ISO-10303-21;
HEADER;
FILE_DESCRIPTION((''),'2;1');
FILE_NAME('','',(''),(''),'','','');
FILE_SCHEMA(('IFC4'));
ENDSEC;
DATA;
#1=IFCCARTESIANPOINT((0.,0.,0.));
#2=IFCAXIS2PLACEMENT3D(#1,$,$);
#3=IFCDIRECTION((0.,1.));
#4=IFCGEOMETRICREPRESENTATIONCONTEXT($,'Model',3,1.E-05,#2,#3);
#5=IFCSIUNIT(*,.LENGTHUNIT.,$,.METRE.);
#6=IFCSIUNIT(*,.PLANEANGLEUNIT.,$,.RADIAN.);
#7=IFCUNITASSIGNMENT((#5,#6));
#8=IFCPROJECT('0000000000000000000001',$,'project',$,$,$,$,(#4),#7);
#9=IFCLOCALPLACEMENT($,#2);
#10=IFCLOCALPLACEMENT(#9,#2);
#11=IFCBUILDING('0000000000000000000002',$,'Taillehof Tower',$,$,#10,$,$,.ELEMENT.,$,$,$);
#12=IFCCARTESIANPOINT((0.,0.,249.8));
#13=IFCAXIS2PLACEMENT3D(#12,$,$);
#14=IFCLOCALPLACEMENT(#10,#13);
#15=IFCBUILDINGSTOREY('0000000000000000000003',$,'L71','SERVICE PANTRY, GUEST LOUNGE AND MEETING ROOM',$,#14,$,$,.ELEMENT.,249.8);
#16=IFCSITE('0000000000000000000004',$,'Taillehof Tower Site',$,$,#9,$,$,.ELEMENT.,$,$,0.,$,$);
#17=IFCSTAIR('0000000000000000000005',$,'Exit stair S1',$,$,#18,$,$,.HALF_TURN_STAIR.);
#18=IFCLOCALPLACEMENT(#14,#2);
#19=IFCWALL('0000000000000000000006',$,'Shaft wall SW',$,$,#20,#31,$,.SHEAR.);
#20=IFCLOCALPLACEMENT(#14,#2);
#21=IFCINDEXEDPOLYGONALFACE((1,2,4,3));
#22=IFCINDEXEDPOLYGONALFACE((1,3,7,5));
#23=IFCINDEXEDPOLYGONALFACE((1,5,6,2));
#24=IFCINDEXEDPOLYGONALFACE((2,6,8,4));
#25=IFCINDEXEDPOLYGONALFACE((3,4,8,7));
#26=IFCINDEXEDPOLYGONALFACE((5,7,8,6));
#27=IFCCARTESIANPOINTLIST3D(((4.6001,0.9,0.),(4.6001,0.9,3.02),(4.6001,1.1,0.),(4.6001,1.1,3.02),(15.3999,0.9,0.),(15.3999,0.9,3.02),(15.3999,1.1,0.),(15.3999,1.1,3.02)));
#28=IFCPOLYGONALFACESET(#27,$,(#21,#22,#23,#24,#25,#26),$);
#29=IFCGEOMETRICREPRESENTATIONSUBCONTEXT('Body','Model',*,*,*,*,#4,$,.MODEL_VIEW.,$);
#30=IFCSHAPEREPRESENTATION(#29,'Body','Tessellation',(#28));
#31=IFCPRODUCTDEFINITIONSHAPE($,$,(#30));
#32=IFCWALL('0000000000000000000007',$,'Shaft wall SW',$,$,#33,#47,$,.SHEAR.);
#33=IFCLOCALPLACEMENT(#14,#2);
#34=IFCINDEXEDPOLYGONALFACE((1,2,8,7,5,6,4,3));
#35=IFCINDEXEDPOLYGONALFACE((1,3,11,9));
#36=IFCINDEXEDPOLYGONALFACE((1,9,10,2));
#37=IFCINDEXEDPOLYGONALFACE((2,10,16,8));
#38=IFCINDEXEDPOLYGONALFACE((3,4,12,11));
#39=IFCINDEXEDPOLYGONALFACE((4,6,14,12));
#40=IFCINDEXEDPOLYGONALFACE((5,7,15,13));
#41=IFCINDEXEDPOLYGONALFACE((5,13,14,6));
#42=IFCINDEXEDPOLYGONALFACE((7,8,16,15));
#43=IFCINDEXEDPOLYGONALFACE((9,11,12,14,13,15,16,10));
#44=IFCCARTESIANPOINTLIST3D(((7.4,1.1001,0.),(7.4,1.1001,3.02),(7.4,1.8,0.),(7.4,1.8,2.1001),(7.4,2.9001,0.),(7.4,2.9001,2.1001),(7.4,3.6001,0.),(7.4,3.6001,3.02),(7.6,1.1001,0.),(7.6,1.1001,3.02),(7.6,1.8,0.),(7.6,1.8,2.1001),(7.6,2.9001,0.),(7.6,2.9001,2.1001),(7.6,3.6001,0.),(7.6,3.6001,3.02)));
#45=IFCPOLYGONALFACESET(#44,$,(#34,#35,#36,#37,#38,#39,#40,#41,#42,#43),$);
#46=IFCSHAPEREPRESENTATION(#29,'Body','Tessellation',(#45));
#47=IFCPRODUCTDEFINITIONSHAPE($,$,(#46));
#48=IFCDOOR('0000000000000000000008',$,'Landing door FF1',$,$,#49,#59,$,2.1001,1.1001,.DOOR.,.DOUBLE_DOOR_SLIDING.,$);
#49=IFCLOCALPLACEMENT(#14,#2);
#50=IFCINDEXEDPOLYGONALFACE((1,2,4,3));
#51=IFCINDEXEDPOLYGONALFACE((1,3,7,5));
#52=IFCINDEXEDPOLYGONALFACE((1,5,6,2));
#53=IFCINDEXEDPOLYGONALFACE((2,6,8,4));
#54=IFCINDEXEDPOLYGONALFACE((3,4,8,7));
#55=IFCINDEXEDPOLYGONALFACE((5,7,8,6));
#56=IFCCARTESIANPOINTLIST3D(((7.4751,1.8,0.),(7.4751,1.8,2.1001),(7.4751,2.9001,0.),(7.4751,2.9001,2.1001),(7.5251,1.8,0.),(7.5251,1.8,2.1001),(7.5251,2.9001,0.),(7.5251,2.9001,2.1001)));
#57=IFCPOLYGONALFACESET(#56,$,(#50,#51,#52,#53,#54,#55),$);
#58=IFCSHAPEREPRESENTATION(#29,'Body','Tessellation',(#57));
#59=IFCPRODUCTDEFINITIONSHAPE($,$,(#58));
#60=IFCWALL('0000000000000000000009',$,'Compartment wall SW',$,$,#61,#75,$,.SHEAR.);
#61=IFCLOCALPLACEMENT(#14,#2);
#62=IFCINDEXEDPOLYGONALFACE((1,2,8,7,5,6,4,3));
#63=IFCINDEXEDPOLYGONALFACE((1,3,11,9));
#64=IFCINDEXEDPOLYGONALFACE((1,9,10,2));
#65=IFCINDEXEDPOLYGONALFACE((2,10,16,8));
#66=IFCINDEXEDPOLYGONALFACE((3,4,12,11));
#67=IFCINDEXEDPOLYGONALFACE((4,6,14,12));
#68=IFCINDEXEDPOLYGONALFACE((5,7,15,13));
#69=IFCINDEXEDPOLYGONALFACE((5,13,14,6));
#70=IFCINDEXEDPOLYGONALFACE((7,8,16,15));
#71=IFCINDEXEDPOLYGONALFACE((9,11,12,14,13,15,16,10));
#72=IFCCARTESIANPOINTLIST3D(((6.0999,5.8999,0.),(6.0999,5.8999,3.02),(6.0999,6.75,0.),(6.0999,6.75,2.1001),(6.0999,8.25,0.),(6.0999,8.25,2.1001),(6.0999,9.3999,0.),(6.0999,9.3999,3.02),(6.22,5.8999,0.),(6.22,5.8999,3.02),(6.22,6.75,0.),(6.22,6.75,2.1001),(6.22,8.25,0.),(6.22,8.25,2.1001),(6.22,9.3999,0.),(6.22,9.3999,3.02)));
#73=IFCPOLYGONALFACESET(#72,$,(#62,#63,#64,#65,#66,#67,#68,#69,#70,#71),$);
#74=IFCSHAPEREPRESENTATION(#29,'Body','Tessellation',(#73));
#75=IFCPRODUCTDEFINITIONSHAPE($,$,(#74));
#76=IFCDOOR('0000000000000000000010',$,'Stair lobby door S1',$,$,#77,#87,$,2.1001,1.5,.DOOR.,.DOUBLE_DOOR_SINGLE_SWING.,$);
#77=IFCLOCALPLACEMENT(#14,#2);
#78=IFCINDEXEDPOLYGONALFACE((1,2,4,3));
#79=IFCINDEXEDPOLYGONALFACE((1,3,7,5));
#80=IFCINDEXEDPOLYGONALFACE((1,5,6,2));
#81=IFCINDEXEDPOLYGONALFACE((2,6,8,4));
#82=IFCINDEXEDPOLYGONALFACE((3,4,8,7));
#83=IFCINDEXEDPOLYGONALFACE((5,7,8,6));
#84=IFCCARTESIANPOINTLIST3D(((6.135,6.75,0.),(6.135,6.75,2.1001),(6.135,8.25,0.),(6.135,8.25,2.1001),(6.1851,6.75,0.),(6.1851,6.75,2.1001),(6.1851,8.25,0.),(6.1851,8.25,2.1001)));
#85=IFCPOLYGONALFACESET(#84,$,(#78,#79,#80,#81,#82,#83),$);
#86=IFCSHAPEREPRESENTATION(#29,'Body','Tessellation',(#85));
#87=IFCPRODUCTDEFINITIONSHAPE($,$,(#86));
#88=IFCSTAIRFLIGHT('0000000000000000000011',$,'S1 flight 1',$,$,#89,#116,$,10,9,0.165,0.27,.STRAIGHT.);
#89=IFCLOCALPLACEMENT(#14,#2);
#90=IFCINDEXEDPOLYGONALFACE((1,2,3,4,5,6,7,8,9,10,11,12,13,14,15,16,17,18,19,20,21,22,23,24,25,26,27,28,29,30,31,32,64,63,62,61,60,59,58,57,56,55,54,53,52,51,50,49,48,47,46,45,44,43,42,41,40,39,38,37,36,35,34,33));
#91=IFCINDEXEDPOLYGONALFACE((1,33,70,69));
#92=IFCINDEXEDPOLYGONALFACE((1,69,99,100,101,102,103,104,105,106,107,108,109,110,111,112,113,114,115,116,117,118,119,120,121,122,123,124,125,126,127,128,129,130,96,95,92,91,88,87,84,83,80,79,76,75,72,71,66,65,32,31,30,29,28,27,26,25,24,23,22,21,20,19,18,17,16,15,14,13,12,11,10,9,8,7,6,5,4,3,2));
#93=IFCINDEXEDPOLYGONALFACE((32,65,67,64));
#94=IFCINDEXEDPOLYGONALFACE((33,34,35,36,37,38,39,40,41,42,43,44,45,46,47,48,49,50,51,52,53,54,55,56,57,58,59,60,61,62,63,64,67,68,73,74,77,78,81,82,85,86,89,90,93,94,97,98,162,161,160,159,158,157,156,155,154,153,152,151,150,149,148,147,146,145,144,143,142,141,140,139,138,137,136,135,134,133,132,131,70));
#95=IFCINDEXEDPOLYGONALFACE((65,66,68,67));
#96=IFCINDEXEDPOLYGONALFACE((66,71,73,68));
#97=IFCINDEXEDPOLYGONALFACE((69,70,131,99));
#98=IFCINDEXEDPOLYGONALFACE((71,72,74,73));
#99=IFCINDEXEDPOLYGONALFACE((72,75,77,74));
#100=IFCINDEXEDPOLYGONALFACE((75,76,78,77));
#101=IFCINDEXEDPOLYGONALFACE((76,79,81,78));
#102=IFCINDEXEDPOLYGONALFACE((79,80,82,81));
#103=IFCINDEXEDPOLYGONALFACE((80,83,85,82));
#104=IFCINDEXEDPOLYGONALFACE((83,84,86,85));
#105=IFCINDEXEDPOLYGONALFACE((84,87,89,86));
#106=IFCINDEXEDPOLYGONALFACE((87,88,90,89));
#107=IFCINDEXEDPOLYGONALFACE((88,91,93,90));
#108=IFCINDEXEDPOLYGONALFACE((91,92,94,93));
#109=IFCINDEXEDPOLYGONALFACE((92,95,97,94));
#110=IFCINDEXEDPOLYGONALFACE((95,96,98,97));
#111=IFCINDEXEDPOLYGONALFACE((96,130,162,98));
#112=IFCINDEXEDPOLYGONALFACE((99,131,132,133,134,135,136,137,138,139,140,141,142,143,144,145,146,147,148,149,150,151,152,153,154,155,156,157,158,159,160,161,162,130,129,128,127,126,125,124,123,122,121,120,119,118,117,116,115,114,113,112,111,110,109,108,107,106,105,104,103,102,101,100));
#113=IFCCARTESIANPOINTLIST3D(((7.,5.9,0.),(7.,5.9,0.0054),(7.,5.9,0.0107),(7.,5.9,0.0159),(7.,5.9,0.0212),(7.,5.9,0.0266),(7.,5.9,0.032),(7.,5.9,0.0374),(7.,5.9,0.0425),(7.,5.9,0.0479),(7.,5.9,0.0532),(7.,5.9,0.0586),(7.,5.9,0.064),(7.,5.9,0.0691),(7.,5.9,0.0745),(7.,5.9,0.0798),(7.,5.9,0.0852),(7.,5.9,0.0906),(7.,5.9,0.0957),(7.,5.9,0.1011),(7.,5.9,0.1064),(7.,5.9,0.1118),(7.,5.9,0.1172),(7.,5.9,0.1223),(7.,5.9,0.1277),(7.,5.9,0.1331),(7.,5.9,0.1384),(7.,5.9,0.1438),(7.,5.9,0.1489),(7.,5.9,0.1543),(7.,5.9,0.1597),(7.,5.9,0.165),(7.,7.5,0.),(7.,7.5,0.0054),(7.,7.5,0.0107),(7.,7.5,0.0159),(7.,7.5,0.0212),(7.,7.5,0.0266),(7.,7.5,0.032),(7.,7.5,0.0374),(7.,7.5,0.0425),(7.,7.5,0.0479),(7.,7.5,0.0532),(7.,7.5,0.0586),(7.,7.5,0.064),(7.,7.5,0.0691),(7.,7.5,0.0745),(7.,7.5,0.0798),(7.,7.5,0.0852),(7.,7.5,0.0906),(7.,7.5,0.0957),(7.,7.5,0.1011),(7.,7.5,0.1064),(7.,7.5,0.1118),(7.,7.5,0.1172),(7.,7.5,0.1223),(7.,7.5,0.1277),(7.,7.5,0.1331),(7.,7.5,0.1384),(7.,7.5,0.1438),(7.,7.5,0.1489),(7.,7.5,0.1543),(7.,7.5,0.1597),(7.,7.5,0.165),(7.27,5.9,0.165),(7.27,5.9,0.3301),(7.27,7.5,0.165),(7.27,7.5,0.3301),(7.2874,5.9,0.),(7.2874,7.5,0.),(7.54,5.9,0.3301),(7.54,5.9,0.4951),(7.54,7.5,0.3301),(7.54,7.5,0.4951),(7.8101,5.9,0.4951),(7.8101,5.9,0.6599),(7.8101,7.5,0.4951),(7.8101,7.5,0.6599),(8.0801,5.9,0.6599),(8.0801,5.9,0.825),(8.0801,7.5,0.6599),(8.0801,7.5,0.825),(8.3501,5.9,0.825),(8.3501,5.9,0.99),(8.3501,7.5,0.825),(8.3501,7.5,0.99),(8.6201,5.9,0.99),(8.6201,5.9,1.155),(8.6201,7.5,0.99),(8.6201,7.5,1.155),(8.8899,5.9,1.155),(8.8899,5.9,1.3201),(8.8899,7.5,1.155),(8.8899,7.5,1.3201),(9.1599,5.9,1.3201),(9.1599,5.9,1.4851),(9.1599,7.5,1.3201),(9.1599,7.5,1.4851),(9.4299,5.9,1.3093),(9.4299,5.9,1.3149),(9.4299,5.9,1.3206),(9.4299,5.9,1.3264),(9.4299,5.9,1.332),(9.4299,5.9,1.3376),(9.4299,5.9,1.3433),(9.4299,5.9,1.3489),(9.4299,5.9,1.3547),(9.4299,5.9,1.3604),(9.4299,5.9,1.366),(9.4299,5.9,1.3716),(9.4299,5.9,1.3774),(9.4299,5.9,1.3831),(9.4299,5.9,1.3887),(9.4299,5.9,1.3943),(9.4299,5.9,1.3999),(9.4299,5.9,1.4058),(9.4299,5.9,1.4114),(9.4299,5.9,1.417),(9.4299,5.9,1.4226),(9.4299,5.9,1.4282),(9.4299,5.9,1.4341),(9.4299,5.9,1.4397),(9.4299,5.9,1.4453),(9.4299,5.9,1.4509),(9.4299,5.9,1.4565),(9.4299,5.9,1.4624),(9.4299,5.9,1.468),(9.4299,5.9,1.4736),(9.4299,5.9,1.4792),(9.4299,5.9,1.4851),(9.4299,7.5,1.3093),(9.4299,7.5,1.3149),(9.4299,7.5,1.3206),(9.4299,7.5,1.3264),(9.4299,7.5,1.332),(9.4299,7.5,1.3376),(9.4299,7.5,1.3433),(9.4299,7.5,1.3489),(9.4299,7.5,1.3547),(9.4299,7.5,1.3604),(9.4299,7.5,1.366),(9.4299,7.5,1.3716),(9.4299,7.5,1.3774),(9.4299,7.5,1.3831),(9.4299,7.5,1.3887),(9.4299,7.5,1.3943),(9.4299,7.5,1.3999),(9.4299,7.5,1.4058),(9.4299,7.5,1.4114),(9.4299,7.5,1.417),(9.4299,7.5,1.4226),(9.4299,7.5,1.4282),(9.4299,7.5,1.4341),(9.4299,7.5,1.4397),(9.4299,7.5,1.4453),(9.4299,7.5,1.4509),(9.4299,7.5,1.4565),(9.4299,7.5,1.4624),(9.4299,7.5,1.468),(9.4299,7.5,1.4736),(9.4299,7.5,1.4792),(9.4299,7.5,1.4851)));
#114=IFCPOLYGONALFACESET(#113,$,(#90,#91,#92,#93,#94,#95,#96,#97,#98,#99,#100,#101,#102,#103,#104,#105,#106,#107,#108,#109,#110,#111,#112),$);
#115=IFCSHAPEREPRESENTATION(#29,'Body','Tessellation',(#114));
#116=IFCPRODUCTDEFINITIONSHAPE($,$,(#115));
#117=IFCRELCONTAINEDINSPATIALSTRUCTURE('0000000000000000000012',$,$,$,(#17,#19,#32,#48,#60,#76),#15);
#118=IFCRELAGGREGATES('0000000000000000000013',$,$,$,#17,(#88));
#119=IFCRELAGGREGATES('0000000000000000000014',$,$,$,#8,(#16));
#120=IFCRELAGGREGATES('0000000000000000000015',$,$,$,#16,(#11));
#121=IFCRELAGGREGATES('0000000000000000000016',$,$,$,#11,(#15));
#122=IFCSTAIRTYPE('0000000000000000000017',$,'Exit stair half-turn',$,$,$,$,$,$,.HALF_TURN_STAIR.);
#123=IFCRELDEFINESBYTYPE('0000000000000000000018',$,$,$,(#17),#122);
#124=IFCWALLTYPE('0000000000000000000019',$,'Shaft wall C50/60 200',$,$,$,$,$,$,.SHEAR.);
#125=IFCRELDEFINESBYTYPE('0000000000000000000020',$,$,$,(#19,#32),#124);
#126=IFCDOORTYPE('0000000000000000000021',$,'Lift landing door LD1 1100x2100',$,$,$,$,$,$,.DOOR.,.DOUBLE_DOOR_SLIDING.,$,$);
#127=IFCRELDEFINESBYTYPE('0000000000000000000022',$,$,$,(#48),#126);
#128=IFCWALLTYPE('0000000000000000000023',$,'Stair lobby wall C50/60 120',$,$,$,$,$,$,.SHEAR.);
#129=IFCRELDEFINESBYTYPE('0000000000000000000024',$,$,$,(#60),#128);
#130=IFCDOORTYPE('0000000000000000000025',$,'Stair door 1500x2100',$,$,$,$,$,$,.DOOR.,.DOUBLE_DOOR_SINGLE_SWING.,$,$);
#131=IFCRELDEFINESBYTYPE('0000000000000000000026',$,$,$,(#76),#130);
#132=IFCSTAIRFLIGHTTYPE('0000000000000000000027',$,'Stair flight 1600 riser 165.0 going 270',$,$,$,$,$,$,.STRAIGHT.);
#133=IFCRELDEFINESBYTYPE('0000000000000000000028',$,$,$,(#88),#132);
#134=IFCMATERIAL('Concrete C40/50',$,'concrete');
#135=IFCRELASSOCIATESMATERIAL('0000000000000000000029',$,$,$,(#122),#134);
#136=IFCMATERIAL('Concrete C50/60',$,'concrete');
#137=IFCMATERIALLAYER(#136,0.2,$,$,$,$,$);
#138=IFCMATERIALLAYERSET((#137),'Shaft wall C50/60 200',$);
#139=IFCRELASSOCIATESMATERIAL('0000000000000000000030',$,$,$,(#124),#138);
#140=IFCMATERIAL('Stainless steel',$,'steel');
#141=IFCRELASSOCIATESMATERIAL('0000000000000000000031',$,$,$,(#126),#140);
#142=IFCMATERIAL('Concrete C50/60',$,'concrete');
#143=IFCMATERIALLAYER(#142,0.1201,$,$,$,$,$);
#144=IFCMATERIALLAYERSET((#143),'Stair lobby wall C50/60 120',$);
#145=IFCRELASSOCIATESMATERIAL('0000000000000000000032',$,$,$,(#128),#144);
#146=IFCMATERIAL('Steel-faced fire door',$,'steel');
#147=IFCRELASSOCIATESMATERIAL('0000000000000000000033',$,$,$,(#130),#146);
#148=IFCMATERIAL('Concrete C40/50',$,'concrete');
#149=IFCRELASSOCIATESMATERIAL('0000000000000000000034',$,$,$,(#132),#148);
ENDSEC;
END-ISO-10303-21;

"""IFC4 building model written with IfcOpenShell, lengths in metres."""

from ifc_helpers import new_model, si_unit, direction, frame, frame_2d, origin, place, context, subcontext, project, spatial, polyline, rectangle, outline, extrude, material, layer, layer_set, type_object, element, fill, aggregate, save


model = new_model("IFC4")

# Units and contexts
model_context = context("Model", 3, precision=1e-05, world=origin(), true_north=direction((0.0, 1.0)))
body_context = subcontext(model_context, "Body", "Model", "MODEL_VIEW")
ifc_project = project(units=[si_unit("LENGTHUNIT", "METRE"), si_unit("PLANEANGLEUNIT", "RADIAN")], contexts=[model_context])

# Site, building, storey
site_placement = place(None, origin())
site = spatial("IfcSite", under=ifc_project, at=site_placement, Name="Taillehof Tower Site", CompositionType="ELEMENT", RefElevation=0.0)
building_placement = place(site_placement, origin())
building = spatial("IfcBuilding", under=site, at=building_placement, Name="Taillehof Tower", CompositionType="ELEMENT")
storey_placement = place(building_placement, frame((0.0, 0.0, 249.8)))
storey = spatial("IfcBuildingStorey", under=building, at=storey_placement, Name="L71", Description="SERVICE PANTRY, GUEST LOUNGE AND MEETING ROOM", CompositionType="ELEMENT", Elevation=249.8)

# Stair
ifc_material_1 = material(Name="Concrete C40/50", Category="concrete")
stair_type = type_object("IfcStairType", Name="Exit stair half-turn", PredefinedType="HALF_TURN_STAIR", material=ifc_material_1)
stair_1_placement = place(storey_placement, origin())
stair_1 = element("IfcStair", 1, at=stair_1_placement, inside=storey, type_object=stair_type, Name="Exit stair S1", PredefinedType="HALF_TURN_STAIR")

# Shared definitions
ifc_material_2 = material(Name="Concrete C50/60", Category="concrete")
ifc_layer_1 = layer(ifc_material_2, 0.2)
ifc_layer_set_1 = layer_set([ifc_layer_1], Name="Shaft wall C50/60 200")
wall_type_1 = type_object("IfcWallType", Name="Shaft wall C50/60 200", PredefinedType="SHEAR", material=ifc_layer_set_1)
ifc_material_3 = material(Name="Stainless steel", Category="steel")
door_type_1 = type_object("IfcDoorType", Name="Lift landing door LD1 1100x2100", OperationType="DOUBLE_DOOR_SLIDING", PredefinedType="DOOR", material=ifc_material_3)

# Wall
wall_1_placement = place(storey_placement, frame((4.6001, 1.0, 0.0), z_axis=(0.0, 0.0, 1.0), x_axis=(1.0, 0.0, 0.0)))
element("IfcWall", 2, at=wall_1_placement, inside=storey, type_object=wall_type_1, Name="Shaft wall SW", PredefinedType="SHEAR", context=body_context, shape_type="SweptSolid", body=[
    extrude(rectangle(XDim=10.7998, YDim=0.2, at=frame_2d((5.3999, 0.0))), origin(), (0.0, 0.0, 1.0), 3.02),
])

# Walls, openings, doors
wall_2_placement = place(storey_placement, frame((7.5, 1.1001, 0.0), z_axis=(0.0, 0.0, 1.0), x_axis=(0.0, 1.0, 0.0)))
wall_2 = element("IfcWall", 3, at=wall_2_placement, inside=storey, type_object=wall_type_1, Name="Shaft wall SW", PredefinedType="SHEAR", context=body_context, shape_type="SweptSolid", body=[
    extrude(rectangle(XDim=2.5, YDim=0.2, at=frame_2d((1.25, 0.0))), origin(), (0.0, 0.0, 1.0), 3.02),
])
opening_1_placement = place(wall_2_placement, frame((0.7, 0.0, 0.0)))
opening_1 = element("IfcOpeningElement", 4, at=opening_1_placement, cuts=wall_2, PredefinedType="OPENING", context=body_context, shape_type="SweptSolid", body=[
    extrude(rectangle(XDim=1.1001, YDim=2.1001, at=frame_2d((0.55, 1.05))), frame((0.0, 0.1099, 0.0), z_axis=(0.0, -1.0, 0.0), x_axis=(1.0, 0.0, 0.0)), (0.0, 0.0, 1.0), 0.22),
])
door_1_placement = place(opening_1_placement, origin())
door_1 = element("IfcDoor", 5, at=door_1_placement, inside=storey, type_object=door_type_1, Name="Landing door FF1", OperationType="DOUBLE_DOOR_SLIDING", OverallHeight=2.1001, OverallWidth=1.1001, PredefinedType="DOOR", context=body_context, shape_type="SweptSolid", body=[
    extrude(rectangle(XDim=1.1001, YDim=2.1001, at=frame_2d((0.55, 1.05))), frame((0.0, 0.0249, 0.0), z_axis=(0.0, -1.0, 0.0), x_axis=(1.0, 0.0, 0.0)), (0.0, 0.0, 1.0), 0.05),
])
fill(opening_1, door_1)
ifc_material_4 = material(Name="Concrete C50/60", Category="concrete")
ifc_layer_2 = layer(ifc_material_4, 0.1201)
ifc_layer_set_2 = layer_set([ifc_layer_2], Name="Stair lobby wall C50/60 120")
wall_type_2 = type_object("IfcWallType", Name="Stair lobby wall C50/60 120", PredefinedType="SHEAR", material=ifc_layer_set_2)
wall_3_placement = place(storey_placement, frame((6.1599, 5.8999, 0.0), z_axis=(0.0, 0.0, 1.0), x_axis=(0.0, 1.0, 0.0)))
wall_3 = element("IfcWall", 6, at=wall_3_placement, inside=storey, type_object=wall_type_2, Name="Compartment wall SW", PredefinedType="SHEAR", context=body_context, shape_type="SweptSolid", body=[
    extrude(rectangle(XDim=3.5, YDim=0.1201, at=frame_2d((1.75, 0.0))), origin(), (0.0, 0.0, 1.0), 3.02),
])
opening_2_placement = place(wall_3_placement, frame((0.8501, 0.0, 0.0)))
opening_2 = element("IfcOpeningElement", 7, at=opening_2_placement, cuts=wall_3, PredefinedType="OPENING", context=body_context, shape_type="SweptSolid", body=[
    extrude(rectangle(XDim=1.5, YDim=2.1001, at=frame_2d((0.75, 1.05))), frame((0.0, 0.0701, 0.0), z_axis=(0.0, -1.0, 0.0), x_axis=(1.0, 0.0, 0.0)), (0.0, 0.0, 1.0), 0.1401),
])
ifc_material_5 = material(Name="Steel-faced fire door", Category="steel")
door_type_2 = type_object("IfcDoorType", Name="Stair door 1500x2100", OperationType="DOUBLE_DOOR_SINGLE_SWING", PredefinedType="DOOR", material=ifc_material_5)
door_2_placement = place(opening_2_placement, origin())
door_2 = element("IfcDoor", 8, at=door_2_placement, inside=storey, type_object=door_type_2, Name="Stair lobby door S1", OperationType="DOUBLE_DOOR_SINGLE_SWING", OverallHeight=2.1001, OverallWidth=1.5, PredefinedType="DOOR", context=body_context, shape_type="SweptSolid", body=[
    extrude(rectangle(XDim=1.5, YDim=2.1001, at=frame_2d((0.75, 1.05))), frame((0.0, 0.0249, 0.0), z_axis=(0.0, -1.0, 0.0), x_axis=(1.0, 0.0, 0.0)), (0.0, 0.0, 1.0), 0.05),
])
fill(opening_2, door_2)

# Stair flight
ifc_material_6 = material(Name="Concrete C40/50", Category="concrete")
stair_flight_type = type_object("IfcStairFlightType", Name="Stair flight 1600 riser 165.0 going 270", PredefinedType="STRAIGHT", material=ifc_material_6)
stair_flight_placement = place(storey_placement, frame((7.0, 6.7, 0.0), z_axis=(0.0, 0.0, 1.0), x_axis=(1.0, 0.0, 0.0)))
stair_flight = element("IfcStairFlight", 9, at=stair_flight_placement, type_object=stair_flight_type, Name="S1 flight 1", NumberOfRisers=10, NumberOfTreads=9, PredefinedType="STRAIGHT", RiserHeight=0.165, TreadLength=0.27, context=body_context, shape_type="SweptSolid", body=[
    extrude(outline(polyline([(0.0, 0.0), (0.0, 0.0054), (0.0, 0.0107), (0.0, 0.0159), (0.0, 0.0212), (0.0, 0.0266), (0.0, 0.032), (0.0, 0.0374), (0.0, 0.0425), (0.0, 0.0479), (0.0, 0.0532), (0.0, 0.0586), (0.0, 0.064), (0.0, 0.0691), (0.0, 0.0745), (0.0, 0.0798), (0.0, 0.0852), (0.0, 0.0906), (0.0, 0.0957), (0.0, 0.1011), (0.0, 0.1064), (0.0, 0.1118), (0.0, 0.1172), (0.0, 0.1223), (0.0, 0.1277), (0.0, 0.1331), (0.0, 0.1384), (0.0, 0.1438), (0.0, 0.1489), (0.0, 0.1543), (0.0, 0.1597), (0.0, 0.165), (0.27, 0.165), (0.27, 0.3301), (0.54, 0.3301), (0.54, 0.4951), (0.8101, 0.4951), (0.8101, 0.6599), (1.0801, 0.6599), (1.0801, 0.825), (1.3501, 0.825), (1.3501, 0.99), (1.6201, 0.99), (1.6201, 1.155), (1.8899, 1.155), (1.8899, 1.3201), (2.1599, 1.3201), (2.1599, 1.4851), (2.4299, 1.4851), (2.4299, 1.4792), (2.4299, 1.4736), (2.4299, 1.468), (2.4299, 1.4624), (2.4299, 1.4565), (2.4299, 1.4509), (2.4299, 1.4453), (2.4299, 1.4397), (2.4299, 1.4341), (2.4299, 1.4282), (2.4299, 1.4226), (2.4299, 1.417), (2.4299, 1.4114), (2.4299, 1.4058), (2.4299, 1.3999), (2.4299, 1.3943), (2.4299, 1.3887), (2.4299, 1.3831), (2.4299, 1.3774), (2.4299, 1.3716), (2.4299, 1.366), (2.4299, 1.3604), (2.4299, 1.3547), (2.4299, 1.3489), (2.4299, 1.3433), (2.4299, 1.3376), (2.4299, 1.332), (2.4299, 1.3264), (2.4299, 1.3206), (2.4299, 1.3149), (2.4299, 1.3093), (0.2874, 0.0), (0.0, 0.0)])), frame((0.0, 0.8, 0.0), z_axis=(0.0, -1.0, 0.0), x_axis=(1.0, 0.0, 0.0)), (0.0, 0.0, 1.0), 1.6),
])
aggregate(stair_1, [stair_flight])

save(model, "model.ifc")
